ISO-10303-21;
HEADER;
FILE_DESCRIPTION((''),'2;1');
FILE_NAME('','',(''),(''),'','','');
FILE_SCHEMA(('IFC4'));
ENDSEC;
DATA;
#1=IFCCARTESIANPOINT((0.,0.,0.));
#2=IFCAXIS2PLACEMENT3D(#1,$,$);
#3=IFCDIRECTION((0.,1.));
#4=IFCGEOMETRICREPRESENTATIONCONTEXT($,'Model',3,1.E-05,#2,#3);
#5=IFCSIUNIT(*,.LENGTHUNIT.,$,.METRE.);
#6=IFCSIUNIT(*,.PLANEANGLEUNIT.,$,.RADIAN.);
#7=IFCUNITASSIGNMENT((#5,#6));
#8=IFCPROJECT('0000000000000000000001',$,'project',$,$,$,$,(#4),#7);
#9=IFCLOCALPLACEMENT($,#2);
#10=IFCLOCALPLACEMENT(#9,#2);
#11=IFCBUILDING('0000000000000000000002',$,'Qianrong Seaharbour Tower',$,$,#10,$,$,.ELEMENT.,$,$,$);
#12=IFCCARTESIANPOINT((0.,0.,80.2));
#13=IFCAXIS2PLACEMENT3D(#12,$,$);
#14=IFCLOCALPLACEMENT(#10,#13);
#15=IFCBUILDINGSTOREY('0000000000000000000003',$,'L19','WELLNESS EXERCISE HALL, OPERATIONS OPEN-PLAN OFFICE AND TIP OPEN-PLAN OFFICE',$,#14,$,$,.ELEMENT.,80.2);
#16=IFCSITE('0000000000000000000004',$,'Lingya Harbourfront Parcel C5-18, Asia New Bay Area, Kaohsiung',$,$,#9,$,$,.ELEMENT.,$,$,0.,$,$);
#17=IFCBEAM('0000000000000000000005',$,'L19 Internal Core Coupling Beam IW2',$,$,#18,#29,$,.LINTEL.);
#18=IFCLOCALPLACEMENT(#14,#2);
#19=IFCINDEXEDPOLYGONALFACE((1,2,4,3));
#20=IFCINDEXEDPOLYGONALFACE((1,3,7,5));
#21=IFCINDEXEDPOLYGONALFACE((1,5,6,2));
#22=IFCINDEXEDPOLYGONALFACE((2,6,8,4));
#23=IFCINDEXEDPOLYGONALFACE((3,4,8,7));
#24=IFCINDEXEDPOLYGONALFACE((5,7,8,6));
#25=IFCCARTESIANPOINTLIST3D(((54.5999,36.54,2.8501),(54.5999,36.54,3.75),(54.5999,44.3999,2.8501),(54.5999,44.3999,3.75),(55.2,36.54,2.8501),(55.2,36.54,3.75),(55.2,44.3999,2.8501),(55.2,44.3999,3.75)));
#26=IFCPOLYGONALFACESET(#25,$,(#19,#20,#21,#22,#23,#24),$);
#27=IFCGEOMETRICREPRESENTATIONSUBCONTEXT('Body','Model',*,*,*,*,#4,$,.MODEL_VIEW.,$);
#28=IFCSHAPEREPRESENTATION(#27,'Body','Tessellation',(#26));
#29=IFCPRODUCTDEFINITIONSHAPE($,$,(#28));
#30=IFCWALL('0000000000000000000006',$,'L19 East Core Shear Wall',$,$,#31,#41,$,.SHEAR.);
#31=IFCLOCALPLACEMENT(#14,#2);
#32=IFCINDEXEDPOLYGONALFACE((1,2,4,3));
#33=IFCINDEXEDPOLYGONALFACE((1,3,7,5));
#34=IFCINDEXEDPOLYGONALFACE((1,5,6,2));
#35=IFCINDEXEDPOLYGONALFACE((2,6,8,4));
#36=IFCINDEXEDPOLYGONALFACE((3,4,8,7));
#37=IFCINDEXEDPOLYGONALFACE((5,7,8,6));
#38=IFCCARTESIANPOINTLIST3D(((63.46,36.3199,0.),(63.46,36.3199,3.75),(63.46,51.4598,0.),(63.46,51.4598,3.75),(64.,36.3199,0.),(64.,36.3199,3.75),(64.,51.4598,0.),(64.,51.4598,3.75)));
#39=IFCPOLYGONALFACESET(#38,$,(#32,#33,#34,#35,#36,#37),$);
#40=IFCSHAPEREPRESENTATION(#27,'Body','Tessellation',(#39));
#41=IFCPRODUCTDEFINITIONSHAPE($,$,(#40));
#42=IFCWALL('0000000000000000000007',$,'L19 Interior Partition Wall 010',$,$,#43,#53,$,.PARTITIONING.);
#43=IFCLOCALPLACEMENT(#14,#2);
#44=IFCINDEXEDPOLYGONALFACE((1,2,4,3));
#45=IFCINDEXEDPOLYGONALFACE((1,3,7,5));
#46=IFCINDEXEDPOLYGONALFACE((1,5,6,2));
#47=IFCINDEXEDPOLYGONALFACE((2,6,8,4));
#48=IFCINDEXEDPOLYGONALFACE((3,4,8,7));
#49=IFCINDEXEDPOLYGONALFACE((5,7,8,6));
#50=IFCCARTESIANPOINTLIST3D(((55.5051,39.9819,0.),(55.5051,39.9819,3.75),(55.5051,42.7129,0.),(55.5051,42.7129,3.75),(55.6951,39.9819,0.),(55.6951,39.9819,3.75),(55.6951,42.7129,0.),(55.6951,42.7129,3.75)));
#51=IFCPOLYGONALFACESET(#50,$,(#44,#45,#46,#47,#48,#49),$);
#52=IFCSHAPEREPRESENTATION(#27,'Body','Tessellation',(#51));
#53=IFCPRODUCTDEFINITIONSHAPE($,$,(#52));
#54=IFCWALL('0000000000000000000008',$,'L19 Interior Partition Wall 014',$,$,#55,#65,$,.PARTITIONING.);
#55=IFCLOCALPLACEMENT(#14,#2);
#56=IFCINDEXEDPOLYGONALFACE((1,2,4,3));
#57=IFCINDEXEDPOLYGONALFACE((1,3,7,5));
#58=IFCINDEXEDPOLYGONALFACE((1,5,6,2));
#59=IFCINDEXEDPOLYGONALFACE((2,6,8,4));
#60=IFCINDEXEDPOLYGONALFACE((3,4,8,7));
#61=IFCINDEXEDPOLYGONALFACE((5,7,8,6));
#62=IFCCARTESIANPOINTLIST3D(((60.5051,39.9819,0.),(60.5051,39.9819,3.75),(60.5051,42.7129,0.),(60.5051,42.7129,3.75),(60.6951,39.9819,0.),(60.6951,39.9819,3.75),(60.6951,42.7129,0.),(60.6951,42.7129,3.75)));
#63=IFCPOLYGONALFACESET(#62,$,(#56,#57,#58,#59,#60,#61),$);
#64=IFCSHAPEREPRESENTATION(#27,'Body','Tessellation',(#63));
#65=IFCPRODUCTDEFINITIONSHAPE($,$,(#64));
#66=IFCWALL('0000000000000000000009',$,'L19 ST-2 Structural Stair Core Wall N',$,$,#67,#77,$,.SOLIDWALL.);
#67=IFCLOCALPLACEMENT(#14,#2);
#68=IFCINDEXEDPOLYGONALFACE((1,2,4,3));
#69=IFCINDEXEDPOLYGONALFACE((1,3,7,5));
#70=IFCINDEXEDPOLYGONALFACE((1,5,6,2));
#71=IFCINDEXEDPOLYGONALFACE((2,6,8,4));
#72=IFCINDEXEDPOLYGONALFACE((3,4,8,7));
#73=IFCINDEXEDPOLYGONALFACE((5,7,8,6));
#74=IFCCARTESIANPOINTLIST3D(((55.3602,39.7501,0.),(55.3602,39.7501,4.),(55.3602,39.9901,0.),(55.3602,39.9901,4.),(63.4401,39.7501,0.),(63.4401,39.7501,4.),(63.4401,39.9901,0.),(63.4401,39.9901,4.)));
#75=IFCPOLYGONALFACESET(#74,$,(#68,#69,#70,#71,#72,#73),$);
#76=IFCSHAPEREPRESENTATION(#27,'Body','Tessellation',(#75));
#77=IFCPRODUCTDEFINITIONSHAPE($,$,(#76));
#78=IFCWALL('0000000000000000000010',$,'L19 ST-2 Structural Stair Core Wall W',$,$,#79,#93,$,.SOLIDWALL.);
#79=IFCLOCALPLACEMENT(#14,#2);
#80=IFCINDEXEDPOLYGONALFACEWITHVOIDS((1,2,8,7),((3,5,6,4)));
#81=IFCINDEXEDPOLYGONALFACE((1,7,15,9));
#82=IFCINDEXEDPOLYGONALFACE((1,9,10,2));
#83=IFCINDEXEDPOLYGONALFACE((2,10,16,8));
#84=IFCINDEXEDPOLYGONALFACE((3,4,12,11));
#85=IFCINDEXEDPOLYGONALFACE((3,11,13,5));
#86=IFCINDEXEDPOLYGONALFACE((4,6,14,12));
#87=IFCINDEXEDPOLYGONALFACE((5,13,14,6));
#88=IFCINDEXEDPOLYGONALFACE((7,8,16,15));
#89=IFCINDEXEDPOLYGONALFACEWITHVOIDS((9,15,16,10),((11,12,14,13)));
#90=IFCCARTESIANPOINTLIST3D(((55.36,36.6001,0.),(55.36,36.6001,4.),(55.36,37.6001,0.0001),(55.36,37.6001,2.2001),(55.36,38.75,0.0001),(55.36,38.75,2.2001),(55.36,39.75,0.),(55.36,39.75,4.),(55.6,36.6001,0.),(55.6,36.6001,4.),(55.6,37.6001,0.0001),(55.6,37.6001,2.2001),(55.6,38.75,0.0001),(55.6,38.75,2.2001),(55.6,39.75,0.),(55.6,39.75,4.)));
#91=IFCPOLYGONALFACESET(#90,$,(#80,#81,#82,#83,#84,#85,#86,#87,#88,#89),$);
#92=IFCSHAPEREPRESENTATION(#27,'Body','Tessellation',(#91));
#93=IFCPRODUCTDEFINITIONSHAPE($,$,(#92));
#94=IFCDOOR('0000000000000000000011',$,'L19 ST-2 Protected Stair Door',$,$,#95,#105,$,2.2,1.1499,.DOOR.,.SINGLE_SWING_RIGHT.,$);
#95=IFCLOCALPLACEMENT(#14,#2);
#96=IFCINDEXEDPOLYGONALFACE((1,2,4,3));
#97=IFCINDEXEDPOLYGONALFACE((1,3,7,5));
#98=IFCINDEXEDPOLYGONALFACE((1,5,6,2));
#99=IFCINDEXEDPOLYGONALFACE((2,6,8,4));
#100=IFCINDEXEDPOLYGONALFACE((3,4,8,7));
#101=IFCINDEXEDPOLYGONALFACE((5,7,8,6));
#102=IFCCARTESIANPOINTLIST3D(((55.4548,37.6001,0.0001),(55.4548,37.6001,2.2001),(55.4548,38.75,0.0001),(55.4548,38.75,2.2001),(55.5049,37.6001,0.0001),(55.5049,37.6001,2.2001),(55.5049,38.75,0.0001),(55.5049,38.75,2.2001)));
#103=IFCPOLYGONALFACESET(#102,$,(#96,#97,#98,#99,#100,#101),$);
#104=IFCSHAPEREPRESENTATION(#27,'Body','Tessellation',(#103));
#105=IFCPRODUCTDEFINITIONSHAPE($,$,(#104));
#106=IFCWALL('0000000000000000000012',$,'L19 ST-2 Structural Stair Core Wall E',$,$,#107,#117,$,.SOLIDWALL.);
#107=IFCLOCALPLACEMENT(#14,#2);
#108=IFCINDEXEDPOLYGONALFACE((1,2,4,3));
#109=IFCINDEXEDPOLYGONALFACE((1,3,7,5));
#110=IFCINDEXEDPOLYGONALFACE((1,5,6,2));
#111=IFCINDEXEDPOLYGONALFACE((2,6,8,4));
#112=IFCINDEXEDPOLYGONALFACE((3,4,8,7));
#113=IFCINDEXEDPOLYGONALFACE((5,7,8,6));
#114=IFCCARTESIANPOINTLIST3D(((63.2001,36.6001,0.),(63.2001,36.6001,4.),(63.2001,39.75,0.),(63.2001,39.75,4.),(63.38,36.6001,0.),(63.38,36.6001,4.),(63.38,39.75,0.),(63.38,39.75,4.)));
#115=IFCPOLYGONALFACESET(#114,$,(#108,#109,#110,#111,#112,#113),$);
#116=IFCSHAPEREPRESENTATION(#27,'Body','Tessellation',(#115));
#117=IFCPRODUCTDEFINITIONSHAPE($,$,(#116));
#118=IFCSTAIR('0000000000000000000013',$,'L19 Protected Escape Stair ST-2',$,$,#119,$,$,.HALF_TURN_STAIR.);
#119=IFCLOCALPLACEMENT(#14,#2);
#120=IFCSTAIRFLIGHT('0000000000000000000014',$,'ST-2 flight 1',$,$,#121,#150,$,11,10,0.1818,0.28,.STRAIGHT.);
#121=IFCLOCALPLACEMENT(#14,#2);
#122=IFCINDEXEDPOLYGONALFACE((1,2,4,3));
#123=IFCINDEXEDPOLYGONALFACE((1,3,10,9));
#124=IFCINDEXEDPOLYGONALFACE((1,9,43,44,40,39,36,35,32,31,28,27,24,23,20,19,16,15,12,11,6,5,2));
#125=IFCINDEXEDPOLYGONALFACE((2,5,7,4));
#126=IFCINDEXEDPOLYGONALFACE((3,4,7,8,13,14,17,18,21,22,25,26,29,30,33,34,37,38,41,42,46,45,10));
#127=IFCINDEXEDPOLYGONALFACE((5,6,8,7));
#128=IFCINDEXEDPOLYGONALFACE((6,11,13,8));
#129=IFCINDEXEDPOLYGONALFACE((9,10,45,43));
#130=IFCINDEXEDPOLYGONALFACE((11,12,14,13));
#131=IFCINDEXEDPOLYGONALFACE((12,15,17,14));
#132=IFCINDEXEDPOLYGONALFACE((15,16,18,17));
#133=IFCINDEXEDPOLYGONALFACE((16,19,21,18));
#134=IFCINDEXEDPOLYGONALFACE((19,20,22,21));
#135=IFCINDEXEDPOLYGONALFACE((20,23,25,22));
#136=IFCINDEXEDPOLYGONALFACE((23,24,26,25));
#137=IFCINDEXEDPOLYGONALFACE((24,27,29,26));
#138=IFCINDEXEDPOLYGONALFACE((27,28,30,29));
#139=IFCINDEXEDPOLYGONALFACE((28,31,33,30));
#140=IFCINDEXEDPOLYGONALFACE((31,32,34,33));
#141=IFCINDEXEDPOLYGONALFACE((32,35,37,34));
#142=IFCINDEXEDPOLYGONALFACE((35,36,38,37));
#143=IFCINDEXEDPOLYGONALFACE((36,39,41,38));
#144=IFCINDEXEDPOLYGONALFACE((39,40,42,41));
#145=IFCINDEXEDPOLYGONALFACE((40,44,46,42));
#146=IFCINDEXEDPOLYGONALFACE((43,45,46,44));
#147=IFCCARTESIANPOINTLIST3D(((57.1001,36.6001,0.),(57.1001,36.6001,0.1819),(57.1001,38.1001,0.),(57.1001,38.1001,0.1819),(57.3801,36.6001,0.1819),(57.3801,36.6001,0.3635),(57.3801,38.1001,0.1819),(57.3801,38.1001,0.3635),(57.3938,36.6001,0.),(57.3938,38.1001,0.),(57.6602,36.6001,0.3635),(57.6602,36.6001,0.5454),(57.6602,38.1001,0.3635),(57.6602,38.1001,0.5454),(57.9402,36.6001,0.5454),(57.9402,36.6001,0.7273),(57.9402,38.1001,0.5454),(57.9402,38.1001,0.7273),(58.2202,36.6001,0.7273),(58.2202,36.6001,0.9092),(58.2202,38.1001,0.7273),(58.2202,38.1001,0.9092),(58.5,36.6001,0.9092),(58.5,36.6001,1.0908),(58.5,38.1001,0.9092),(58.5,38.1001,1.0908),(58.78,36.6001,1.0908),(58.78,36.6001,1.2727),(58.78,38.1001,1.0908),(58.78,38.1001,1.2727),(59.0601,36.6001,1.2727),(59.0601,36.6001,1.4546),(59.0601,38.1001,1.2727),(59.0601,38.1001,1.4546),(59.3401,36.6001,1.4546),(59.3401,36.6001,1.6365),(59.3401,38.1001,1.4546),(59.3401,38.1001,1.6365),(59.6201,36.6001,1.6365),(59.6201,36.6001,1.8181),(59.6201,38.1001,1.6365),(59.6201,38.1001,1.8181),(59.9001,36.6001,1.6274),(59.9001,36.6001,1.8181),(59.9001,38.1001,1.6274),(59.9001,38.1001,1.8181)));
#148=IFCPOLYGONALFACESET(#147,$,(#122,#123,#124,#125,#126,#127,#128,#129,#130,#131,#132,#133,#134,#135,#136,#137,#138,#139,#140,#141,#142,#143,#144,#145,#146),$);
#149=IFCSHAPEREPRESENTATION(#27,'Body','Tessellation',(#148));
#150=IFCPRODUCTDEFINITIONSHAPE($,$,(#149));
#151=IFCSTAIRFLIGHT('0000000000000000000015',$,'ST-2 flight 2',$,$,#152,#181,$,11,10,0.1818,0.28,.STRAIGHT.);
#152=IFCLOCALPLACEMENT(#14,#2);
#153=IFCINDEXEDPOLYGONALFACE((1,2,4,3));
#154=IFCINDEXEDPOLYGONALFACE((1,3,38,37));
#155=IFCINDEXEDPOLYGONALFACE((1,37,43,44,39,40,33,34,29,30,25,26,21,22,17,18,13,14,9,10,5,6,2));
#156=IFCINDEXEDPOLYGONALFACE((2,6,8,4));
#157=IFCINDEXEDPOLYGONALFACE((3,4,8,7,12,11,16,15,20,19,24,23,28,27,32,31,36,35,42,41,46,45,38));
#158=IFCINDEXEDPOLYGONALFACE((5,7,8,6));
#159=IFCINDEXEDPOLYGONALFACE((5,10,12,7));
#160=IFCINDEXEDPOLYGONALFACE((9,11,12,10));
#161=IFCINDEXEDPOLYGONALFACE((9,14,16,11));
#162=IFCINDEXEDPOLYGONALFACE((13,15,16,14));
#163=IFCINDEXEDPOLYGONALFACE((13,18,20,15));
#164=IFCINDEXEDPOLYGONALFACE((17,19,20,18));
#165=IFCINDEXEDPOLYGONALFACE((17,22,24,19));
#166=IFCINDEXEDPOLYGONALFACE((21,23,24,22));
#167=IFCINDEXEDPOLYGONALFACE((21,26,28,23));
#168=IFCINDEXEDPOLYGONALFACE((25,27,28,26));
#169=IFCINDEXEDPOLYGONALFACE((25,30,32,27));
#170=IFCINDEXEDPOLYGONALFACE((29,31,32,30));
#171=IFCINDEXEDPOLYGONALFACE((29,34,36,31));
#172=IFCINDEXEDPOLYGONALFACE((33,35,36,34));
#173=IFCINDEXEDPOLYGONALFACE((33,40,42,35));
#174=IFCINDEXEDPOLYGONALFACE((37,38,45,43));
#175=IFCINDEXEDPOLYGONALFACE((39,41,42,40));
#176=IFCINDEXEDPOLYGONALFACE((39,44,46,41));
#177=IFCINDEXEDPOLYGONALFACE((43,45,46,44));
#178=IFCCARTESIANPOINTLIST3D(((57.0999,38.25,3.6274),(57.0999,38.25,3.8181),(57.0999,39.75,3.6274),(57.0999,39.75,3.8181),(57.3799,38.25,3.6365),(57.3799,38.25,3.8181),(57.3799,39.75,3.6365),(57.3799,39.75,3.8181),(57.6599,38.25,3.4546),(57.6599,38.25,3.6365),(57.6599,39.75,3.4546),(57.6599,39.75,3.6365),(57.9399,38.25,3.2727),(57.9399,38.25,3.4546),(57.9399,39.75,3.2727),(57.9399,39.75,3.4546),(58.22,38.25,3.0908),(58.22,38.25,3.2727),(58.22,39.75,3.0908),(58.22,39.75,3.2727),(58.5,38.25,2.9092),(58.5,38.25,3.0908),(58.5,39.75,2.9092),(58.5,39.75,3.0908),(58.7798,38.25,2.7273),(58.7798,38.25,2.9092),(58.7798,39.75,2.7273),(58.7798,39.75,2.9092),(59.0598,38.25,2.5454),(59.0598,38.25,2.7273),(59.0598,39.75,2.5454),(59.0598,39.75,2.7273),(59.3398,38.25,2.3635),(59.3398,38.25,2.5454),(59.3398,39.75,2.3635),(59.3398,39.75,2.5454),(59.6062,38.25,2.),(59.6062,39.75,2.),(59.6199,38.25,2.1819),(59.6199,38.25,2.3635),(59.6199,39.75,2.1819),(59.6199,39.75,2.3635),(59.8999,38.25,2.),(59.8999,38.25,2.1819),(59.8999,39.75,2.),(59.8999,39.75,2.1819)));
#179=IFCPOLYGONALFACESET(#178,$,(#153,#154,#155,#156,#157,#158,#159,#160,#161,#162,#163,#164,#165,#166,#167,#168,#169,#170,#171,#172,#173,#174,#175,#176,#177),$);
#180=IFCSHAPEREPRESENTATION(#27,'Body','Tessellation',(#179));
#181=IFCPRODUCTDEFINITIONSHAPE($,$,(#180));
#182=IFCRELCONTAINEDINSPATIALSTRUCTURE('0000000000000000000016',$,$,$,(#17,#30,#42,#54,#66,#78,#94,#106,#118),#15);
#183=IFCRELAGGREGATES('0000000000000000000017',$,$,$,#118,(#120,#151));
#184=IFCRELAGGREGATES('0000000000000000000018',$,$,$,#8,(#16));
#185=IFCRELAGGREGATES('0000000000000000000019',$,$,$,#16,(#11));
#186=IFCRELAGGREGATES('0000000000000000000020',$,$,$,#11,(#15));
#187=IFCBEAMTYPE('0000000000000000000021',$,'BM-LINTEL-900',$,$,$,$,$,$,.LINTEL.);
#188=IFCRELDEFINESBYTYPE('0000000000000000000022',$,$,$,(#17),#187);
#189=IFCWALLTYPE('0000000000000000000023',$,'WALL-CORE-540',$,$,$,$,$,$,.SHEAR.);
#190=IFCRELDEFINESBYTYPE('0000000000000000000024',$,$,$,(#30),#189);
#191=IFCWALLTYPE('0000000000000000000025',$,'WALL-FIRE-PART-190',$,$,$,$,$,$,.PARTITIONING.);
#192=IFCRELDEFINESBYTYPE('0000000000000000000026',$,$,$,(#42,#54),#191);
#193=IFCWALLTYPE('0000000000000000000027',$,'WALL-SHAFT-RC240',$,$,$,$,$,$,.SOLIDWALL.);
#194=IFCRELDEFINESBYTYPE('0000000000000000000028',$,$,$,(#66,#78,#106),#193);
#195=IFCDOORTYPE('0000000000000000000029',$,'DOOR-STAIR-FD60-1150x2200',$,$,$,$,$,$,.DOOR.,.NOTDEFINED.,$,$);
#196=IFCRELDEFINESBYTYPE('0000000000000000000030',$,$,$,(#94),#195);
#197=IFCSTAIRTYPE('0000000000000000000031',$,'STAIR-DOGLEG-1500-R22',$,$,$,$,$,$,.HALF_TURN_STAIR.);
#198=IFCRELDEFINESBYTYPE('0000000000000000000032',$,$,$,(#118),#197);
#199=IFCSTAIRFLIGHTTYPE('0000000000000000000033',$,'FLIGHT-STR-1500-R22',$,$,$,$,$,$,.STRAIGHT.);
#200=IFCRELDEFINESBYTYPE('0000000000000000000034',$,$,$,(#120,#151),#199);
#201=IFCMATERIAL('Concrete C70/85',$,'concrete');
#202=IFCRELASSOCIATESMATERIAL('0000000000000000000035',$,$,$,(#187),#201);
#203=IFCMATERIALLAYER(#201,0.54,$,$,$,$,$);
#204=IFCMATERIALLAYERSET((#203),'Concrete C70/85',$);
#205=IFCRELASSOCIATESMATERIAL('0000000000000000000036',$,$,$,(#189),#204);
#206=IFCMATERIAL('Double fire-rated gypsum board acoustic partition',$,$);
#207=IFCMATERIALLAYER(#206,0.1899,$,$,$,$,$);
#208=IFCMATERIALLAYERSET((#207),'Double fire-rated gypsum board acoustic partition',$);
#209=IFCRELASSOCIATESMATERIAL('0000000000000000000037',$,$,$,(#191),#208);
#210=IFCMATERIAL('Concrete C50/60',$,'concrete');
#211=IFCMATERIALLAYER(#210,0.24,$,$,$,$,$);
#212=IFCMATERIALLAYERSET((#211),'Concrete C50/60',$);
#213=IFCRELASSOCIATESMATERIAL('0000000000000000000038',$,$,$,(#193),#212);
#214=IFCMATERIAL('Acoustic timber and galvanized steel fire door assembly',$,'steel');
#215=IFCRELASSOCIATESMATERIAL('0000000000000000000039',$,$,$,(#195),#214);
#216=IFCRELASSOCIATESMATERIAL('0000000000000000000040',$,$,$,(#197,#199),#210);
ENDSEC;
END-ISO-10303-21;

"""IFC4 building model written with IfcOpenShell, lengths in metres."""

from ifc_helpers import new_model, si_unit, direction, frame, frame_2d, origin, origin_2d, place, context, subcontext, project, spatial, polyline, rectangle, outline, extrude, material, layer, layer_set, material_profile, profile_set, type_object, element, fill, aggregate, save


model = new_model("IFC4")

# Units and contexts
model_context = context("Model", 3, precision=1e-05, world=origin(), true_north=direction((0.0, 1.0)))
body_context = subcontext(model_context, "Body", "Model", "MODEL_VIEW")
ifc_project = project(units=[si_unit("LENGTHUNIT", "METRE"), si_unit("PLANEANGLEUNIT", "RADIAN")], contexts=[model_context])

# Site, building, storey
site_placement = place(None, origin())
site = spatial("IfcSite", under=ifc_project, at=site_placement, Name="Lingya Harbourfront Parcel C5-18, Asia New Bay Area, Kaohsiung", CompositionType="ELEMENT", RefElevation=0.0)
building_placement = place(site_placement, origin())
building = spatial("IfcBuilding", under=site, at=building_placement, Name="Qianrong Seaharbour Tower", CompositionType="ELEMENT")
storey_placement = place(building_placement, frame((0.0, 0.0, 80.2)))
storey = spatial("IfcBuildingStorey", under=building, at=storey_placement, Name="L19", Description="WELLNESS EXERCISE HALL, OPERATIONS OPEN-PLAN OFFICE AND TIP OPEN-PLAN OFFICE", CompositionType="ELEMENT", Elevation=80.2)

# Beam
ifc_material_1 = material(Name="Concrete C70/85", Category="concrete")
ifc_material_profile = material_profile(ifc_material_1, rectangle(XDim=0.6001, YDim=0.8999, at=origin_2d()), Name="RC600x900")
ifc_profile_set = profile_set([ifc_material_profile], Name="Concrete C70/85")
beam_type = type_object("IfcBeamType", Name="BM-LINTEL-900", PredefinedType="LINTEL", material=ifc_profile_set)
beam_placement = place(storey_placement, frame((54.8999, 36.54, 3.3), z_axis=(0.0, 1.0, 0.0), x_axis=(-1.0, 0.0, 0.0)))
element("IfcBeam", 1, at=beam_placement, inside=storey, type_object=beam_type, Name="L19 Internal Core Coupling Beam IW2", PredefinedType="LINTEL", context=body_context, shape_type="SweptSolid", body=[
    extrude(rectangle(XDim=0.6001, YDim=0.8999, at=origin_2d()), origin(), (0.0, 0.0, 1.0), 7.8599),
])

# Walls
ifc_layer_1 = layer(ifc_material_1, 0.54)
ifc_layer_set_1 = layer_set([ifc_layer_1], Name="Concrete C70/85")
wall_type_1 = type_object("IfcWallType", Name="WALL-CORE-540", PredefinedType="SHEAR", material=ifc_layer_set_1)
wall_1_placement = place(storey_placement, frame((63.73, 36.3201, 0.0), z_axis=(0.0, 0.0, 1.0), x_axis=(0.0, 1.0, 0.0)))
element("IfcWall", 2, at=wall_1_placement, inside=storey, type_object=wall_type_1, Name="L19 East Core Shear Wall", PredefinedType="SHEAR", context=body_context, shape_type="SweptSolid", body=[
    extrude(rectangle(XDim=15.1399, YDim=0.54, at=frame_2d((7.5698, 0.0))), origin(), (0.0, 0.0, 1.0), 3.75),
])
ifc_material_2 = material(Name="Double fire-rated gypsum board acoustic partition")
ifc_layer_2 = layer(ifc_material_2, 0.1899)
ifc_layer_set_2 = layer_set([ifc_layer_2], Name="Double fire-rated gypsum board acoustic partition")
wall_type_2 = type_object("IfcWallType", Name="WALL-FIRE-PART-190", PredefinedType="PARTITIONING", material=ifc_layer_set_2)
for number, where, z_axis, x_axis, name in (
    (3, (55.6001, 42.7129, 0.0), (0.0, 0.0, 1.0), (0.0, -1.0, 0.0), "L19 Interior Partition Wall 010"),
    (4, (60.6001, 42.7129, 0.0), (0.0, 0.0, 1.0), (0.0, -1.0, 0.0), "L19 Interior Partition Wall 014"),
):
    element("IfcWall", number, at=place(storey_placement, frame(where, z_axis=z_axis, x_axis=x_axis)), inside=storey, type_object=wall_type_2, Name=name, PredefinedType="PARTITIONING", context=body_context, shape_type="SweptSolid", body=[
        extrude(rectangle(XDim=2.731, YDim=0.1899, at=frame_2d((1.3655, 0.0))), origin(), (0.0, 0.0, 1.0), 3.75),
    ])
ifc_material_3 = material(Name="Concrete C50/60", Category="concrete")
ifc_layer_3 = layer(ifc_material_3, 0.24)
ifc_layer_set_3 = layer_set([ifc_layer_3], Name="Concrete C50/60")
wall_type_3 = type_object("IfcWallType", Name="WALL-SHAFT-RC240", PredefinedType="SOLIDWALL", material=ifc_layer_set_3)
wall_2_placement = place(storey_placement, frame((55.3601, 39.8701, 0.0), z_axis=(0.0, 0.0, 1.0), x_axis=(1.0, 0.0, 0.0)))
element("IfcWall", 5, at=wall_2_placement, inside=storey, type_object=wall_type_3, Name="L19 ST-2 Structural Stair Core Wall N", PredefinedType="SOLIDWALL", context=body_context, shape_type="SweptSolid", body=[
    extrude(rectangle(XDim=8.0798, YDim=0.24, at=frame_2d((4.04, 0.0))), origin(), (0.0, 0.0, 1.0), 4.0),
])

# Wall, opening, door
wall_3_placement = place(storey_placement, frame((55.48, 39.75, 0.0), z_axis=(0.0, 0.0, 1.0), x_axis=(0.0, -1.0, 0.0)))
wall_3 = element("IfcWall", 6, at=wall_3_placement, inside=storey, type_object=wall_type_3, Name="L19 ST-2 Structural Stair Core Wall W", PredefinedType="SOLIDWALL", context=body_context, shape_type="SweptSolid", body=[
    extrude(rectangle(XDim=3.1499, YDim=0.24, at=frame_2d((1.575, 0.0))), origin(), (0.0, 0.0, 1.0), 4.0),
])
opening_placement = place(wall_3_placement, frame((1.0, 0.0, 0.0)))
opening = element("IfcOpeningElement", 7, at=opening_placement, cuts=wall_3, PredefinedType="OPENING", context=body_context, shape_type="SweptSolid", body=[
    extrude(rectangle(XDim=1.1499, YDim=2.2, at=frame_2d((0.575, 1.1001))), frame((0.0, 0.1299, 0.0), z_axis=(0.0, -1.0, 0.0), x_axis=(1.0, 0.0, 0.0)), (0.0, 0.0, 1.0), 0.26),
])
ifc_material_4 = material(Name="Acoustic timber and galvanized steel fire door assembly", Category="steel")
door_type = type_object("IfcDoorType", Name="DOOR-STAIR-FD60-1150x2200", OperationType="NOTDEFINED", PredefinedType="DOOR", material=ifc_material_4)
door_placement = place(opening_placement, origin())
door = element("IfcDoor", 8, at=door_placement, inside=storey, type_object=door_type, Name="L19 ST-2 Protected Stair Door", OperationType="SINGLE_SWING_RIGHT", OverallHeight=2.2, OverallWidth=1.1499, PredefinedType="DOOR", context=body_context, shape_type="SweptSolid", body=[
    extrude(rectangle(XDim=1.1499, YDim=2.2, at=frame_2d((0.575, 1.1001))), frame((0.0, 0.0249, 0.0), z_axis=(0.0, -1.0, 0.0), x_axis=(1.0, 0.0, 0.0)), (0.0, 0.0, 1.0), 0.05),
])
fill(opening, door)

# Wall
wall_4_placement = place(storey_placement, frame((63.29, 36.6001, 0.0), z_axis=(0.0, 0.0, 1.0), x_axis=(0.0, 1.0, 0.0)))
element("IfcWall", 9, at=wall_4_placement, inside=storey, type_object=wall_type_3, Name="L19 ST-2 Structural Stair Core Wall E", PredefinedType="SOLIDWALL", context=body_context, shape_type="SweptSolid", body=[
    extrude(rectangle(XDim=3.1499, YDim=0.1799, at=frame_2d((1.575, 0.0))), origin(), (0.0, 0.0, 1.0), 4.0),
])

# Stair, stair flights
stair_type = type_object("IfcStairType", Name="STAIR-DOGLEG-1500-R22", PredefinedType="HALF_TURN_STAIR", material=ifc_material_3)
stair_placement = place(storey_placement, origin())
stair = element("IfcStair", 10, at=stair_placement, inside=storey, type_object=stair_type, Name="L19 Protected Escape Stair ST-2", PredefinedType="HALF_TURN_STAIR")
stair_flight_type = type_object("IfcStairFlightType", Name="FLIGHT-STR-1500-R22", PredefinedType="STRAIGHT", material=ifc_material_3)
stair_flight_1_placement = place(storey_placement, frame((57.1001, 37.3501, 0.0), z_axis=(0.0, 0.0, 1.0), x_axis=(1.0, 0.0, 0.0)))
stair_flight_1 = element("IfcStairFlight", 11, at=stair_flight_1_placement, type_object=stair_flight_type, Name="ST-2 flight 1", NumberOfRisers=11, NumberOfTreads=10, PredefinedType="STRAIGHT", RiserHeight=0.1818, TreadLength=0.28, context=body_context, shape_type="SweptSolid", body=[
    extrude(outline(polyline([(0.0, 0.0), (0.0, 0.1819), (0.28, 0.1819), (0.28, 0.3635), (0.5601, 0.3635), (0.5601, 0.5454), (0.8401, 0.5454), (0.8401, 0.7273), (1.1201, 0.7273), (1.1201, 0.9092), (1.3999, 0.9092), (1.3999, 1.0908), (1.6799, 1.0908), (1.6799, 1.2727), (1.96, 1.2727), (1.96, 1.4546), (2.24, 1.4546), (2.24, 1.6365), (2.52, 1.6365), (2.52, 1.8181), (2.8, 1.8181), (2.8, 2.0), (2.8, 1.6274), (0.2937, 0.0), (0.0, 0.0)])), frame((0.0, 0.75, 0.0), z_axis=(0.0, -1.0, 0.0), x_axis=(1.0, 0.0, 0.0)), (0.0, 0.0, 1.0), 1.5),
])
stair_flight_2_placement = place(storey_placement, frame((59.8999, 39.0, 2.0), z_axis=(0.0, 0.0, 1.0), x_axis=(-1.0, 0.0, 0.0)))
stair_flight_2 = element("IfcStairFlight", 12, at=stair_flight_2_placement, type_object=stair_flight_type, Name="ST-2 flight 2", NumberOfRisers=11, NumberOfTreads=10, PredefinedType="STRAIGHT", RiserHeight=0.1818, TreadLength=0.28, context=body_context, shape_type="SweptSolid", body=[
    extrude(outline(polyline([(0.0, 0.0), (0.0, 0.1819), (0.28, 0.1819), (0.28, 0.3635), (0.5601, 0.3635), (0.5601, 0.5454), (0.8401, 0.5454), (0.8401, 0.7273), (1.1201, 0.7273), (1.1201, 0.9092), (1.3999, 0.9092), (1.3999, 1.0908), (1.6799, 1.0908), (1.6799, 1.2727), (1.96, 1.2727), (1.96, 1.4546), (2.24, 1.4546), (2.24, 1.6365), (2.52, 1.6365), (2.52, 1.8181), (2.8, 1.8181), (2.8, 2.0), (2.8, 1.6274), (0.2937, 0.0), (0.0, 0.0)])), frame((0.0, 0.75, 0.0), z_axis=(0.0, -1.0, 0.0), x_axis=(1.0, 0.0, 0.0)), (0.0, 0.0, 1.0), 1.5),
])
aggregate(stair, [stair_flight_1, stair_flight_2])

save(model, "model.ifc")
